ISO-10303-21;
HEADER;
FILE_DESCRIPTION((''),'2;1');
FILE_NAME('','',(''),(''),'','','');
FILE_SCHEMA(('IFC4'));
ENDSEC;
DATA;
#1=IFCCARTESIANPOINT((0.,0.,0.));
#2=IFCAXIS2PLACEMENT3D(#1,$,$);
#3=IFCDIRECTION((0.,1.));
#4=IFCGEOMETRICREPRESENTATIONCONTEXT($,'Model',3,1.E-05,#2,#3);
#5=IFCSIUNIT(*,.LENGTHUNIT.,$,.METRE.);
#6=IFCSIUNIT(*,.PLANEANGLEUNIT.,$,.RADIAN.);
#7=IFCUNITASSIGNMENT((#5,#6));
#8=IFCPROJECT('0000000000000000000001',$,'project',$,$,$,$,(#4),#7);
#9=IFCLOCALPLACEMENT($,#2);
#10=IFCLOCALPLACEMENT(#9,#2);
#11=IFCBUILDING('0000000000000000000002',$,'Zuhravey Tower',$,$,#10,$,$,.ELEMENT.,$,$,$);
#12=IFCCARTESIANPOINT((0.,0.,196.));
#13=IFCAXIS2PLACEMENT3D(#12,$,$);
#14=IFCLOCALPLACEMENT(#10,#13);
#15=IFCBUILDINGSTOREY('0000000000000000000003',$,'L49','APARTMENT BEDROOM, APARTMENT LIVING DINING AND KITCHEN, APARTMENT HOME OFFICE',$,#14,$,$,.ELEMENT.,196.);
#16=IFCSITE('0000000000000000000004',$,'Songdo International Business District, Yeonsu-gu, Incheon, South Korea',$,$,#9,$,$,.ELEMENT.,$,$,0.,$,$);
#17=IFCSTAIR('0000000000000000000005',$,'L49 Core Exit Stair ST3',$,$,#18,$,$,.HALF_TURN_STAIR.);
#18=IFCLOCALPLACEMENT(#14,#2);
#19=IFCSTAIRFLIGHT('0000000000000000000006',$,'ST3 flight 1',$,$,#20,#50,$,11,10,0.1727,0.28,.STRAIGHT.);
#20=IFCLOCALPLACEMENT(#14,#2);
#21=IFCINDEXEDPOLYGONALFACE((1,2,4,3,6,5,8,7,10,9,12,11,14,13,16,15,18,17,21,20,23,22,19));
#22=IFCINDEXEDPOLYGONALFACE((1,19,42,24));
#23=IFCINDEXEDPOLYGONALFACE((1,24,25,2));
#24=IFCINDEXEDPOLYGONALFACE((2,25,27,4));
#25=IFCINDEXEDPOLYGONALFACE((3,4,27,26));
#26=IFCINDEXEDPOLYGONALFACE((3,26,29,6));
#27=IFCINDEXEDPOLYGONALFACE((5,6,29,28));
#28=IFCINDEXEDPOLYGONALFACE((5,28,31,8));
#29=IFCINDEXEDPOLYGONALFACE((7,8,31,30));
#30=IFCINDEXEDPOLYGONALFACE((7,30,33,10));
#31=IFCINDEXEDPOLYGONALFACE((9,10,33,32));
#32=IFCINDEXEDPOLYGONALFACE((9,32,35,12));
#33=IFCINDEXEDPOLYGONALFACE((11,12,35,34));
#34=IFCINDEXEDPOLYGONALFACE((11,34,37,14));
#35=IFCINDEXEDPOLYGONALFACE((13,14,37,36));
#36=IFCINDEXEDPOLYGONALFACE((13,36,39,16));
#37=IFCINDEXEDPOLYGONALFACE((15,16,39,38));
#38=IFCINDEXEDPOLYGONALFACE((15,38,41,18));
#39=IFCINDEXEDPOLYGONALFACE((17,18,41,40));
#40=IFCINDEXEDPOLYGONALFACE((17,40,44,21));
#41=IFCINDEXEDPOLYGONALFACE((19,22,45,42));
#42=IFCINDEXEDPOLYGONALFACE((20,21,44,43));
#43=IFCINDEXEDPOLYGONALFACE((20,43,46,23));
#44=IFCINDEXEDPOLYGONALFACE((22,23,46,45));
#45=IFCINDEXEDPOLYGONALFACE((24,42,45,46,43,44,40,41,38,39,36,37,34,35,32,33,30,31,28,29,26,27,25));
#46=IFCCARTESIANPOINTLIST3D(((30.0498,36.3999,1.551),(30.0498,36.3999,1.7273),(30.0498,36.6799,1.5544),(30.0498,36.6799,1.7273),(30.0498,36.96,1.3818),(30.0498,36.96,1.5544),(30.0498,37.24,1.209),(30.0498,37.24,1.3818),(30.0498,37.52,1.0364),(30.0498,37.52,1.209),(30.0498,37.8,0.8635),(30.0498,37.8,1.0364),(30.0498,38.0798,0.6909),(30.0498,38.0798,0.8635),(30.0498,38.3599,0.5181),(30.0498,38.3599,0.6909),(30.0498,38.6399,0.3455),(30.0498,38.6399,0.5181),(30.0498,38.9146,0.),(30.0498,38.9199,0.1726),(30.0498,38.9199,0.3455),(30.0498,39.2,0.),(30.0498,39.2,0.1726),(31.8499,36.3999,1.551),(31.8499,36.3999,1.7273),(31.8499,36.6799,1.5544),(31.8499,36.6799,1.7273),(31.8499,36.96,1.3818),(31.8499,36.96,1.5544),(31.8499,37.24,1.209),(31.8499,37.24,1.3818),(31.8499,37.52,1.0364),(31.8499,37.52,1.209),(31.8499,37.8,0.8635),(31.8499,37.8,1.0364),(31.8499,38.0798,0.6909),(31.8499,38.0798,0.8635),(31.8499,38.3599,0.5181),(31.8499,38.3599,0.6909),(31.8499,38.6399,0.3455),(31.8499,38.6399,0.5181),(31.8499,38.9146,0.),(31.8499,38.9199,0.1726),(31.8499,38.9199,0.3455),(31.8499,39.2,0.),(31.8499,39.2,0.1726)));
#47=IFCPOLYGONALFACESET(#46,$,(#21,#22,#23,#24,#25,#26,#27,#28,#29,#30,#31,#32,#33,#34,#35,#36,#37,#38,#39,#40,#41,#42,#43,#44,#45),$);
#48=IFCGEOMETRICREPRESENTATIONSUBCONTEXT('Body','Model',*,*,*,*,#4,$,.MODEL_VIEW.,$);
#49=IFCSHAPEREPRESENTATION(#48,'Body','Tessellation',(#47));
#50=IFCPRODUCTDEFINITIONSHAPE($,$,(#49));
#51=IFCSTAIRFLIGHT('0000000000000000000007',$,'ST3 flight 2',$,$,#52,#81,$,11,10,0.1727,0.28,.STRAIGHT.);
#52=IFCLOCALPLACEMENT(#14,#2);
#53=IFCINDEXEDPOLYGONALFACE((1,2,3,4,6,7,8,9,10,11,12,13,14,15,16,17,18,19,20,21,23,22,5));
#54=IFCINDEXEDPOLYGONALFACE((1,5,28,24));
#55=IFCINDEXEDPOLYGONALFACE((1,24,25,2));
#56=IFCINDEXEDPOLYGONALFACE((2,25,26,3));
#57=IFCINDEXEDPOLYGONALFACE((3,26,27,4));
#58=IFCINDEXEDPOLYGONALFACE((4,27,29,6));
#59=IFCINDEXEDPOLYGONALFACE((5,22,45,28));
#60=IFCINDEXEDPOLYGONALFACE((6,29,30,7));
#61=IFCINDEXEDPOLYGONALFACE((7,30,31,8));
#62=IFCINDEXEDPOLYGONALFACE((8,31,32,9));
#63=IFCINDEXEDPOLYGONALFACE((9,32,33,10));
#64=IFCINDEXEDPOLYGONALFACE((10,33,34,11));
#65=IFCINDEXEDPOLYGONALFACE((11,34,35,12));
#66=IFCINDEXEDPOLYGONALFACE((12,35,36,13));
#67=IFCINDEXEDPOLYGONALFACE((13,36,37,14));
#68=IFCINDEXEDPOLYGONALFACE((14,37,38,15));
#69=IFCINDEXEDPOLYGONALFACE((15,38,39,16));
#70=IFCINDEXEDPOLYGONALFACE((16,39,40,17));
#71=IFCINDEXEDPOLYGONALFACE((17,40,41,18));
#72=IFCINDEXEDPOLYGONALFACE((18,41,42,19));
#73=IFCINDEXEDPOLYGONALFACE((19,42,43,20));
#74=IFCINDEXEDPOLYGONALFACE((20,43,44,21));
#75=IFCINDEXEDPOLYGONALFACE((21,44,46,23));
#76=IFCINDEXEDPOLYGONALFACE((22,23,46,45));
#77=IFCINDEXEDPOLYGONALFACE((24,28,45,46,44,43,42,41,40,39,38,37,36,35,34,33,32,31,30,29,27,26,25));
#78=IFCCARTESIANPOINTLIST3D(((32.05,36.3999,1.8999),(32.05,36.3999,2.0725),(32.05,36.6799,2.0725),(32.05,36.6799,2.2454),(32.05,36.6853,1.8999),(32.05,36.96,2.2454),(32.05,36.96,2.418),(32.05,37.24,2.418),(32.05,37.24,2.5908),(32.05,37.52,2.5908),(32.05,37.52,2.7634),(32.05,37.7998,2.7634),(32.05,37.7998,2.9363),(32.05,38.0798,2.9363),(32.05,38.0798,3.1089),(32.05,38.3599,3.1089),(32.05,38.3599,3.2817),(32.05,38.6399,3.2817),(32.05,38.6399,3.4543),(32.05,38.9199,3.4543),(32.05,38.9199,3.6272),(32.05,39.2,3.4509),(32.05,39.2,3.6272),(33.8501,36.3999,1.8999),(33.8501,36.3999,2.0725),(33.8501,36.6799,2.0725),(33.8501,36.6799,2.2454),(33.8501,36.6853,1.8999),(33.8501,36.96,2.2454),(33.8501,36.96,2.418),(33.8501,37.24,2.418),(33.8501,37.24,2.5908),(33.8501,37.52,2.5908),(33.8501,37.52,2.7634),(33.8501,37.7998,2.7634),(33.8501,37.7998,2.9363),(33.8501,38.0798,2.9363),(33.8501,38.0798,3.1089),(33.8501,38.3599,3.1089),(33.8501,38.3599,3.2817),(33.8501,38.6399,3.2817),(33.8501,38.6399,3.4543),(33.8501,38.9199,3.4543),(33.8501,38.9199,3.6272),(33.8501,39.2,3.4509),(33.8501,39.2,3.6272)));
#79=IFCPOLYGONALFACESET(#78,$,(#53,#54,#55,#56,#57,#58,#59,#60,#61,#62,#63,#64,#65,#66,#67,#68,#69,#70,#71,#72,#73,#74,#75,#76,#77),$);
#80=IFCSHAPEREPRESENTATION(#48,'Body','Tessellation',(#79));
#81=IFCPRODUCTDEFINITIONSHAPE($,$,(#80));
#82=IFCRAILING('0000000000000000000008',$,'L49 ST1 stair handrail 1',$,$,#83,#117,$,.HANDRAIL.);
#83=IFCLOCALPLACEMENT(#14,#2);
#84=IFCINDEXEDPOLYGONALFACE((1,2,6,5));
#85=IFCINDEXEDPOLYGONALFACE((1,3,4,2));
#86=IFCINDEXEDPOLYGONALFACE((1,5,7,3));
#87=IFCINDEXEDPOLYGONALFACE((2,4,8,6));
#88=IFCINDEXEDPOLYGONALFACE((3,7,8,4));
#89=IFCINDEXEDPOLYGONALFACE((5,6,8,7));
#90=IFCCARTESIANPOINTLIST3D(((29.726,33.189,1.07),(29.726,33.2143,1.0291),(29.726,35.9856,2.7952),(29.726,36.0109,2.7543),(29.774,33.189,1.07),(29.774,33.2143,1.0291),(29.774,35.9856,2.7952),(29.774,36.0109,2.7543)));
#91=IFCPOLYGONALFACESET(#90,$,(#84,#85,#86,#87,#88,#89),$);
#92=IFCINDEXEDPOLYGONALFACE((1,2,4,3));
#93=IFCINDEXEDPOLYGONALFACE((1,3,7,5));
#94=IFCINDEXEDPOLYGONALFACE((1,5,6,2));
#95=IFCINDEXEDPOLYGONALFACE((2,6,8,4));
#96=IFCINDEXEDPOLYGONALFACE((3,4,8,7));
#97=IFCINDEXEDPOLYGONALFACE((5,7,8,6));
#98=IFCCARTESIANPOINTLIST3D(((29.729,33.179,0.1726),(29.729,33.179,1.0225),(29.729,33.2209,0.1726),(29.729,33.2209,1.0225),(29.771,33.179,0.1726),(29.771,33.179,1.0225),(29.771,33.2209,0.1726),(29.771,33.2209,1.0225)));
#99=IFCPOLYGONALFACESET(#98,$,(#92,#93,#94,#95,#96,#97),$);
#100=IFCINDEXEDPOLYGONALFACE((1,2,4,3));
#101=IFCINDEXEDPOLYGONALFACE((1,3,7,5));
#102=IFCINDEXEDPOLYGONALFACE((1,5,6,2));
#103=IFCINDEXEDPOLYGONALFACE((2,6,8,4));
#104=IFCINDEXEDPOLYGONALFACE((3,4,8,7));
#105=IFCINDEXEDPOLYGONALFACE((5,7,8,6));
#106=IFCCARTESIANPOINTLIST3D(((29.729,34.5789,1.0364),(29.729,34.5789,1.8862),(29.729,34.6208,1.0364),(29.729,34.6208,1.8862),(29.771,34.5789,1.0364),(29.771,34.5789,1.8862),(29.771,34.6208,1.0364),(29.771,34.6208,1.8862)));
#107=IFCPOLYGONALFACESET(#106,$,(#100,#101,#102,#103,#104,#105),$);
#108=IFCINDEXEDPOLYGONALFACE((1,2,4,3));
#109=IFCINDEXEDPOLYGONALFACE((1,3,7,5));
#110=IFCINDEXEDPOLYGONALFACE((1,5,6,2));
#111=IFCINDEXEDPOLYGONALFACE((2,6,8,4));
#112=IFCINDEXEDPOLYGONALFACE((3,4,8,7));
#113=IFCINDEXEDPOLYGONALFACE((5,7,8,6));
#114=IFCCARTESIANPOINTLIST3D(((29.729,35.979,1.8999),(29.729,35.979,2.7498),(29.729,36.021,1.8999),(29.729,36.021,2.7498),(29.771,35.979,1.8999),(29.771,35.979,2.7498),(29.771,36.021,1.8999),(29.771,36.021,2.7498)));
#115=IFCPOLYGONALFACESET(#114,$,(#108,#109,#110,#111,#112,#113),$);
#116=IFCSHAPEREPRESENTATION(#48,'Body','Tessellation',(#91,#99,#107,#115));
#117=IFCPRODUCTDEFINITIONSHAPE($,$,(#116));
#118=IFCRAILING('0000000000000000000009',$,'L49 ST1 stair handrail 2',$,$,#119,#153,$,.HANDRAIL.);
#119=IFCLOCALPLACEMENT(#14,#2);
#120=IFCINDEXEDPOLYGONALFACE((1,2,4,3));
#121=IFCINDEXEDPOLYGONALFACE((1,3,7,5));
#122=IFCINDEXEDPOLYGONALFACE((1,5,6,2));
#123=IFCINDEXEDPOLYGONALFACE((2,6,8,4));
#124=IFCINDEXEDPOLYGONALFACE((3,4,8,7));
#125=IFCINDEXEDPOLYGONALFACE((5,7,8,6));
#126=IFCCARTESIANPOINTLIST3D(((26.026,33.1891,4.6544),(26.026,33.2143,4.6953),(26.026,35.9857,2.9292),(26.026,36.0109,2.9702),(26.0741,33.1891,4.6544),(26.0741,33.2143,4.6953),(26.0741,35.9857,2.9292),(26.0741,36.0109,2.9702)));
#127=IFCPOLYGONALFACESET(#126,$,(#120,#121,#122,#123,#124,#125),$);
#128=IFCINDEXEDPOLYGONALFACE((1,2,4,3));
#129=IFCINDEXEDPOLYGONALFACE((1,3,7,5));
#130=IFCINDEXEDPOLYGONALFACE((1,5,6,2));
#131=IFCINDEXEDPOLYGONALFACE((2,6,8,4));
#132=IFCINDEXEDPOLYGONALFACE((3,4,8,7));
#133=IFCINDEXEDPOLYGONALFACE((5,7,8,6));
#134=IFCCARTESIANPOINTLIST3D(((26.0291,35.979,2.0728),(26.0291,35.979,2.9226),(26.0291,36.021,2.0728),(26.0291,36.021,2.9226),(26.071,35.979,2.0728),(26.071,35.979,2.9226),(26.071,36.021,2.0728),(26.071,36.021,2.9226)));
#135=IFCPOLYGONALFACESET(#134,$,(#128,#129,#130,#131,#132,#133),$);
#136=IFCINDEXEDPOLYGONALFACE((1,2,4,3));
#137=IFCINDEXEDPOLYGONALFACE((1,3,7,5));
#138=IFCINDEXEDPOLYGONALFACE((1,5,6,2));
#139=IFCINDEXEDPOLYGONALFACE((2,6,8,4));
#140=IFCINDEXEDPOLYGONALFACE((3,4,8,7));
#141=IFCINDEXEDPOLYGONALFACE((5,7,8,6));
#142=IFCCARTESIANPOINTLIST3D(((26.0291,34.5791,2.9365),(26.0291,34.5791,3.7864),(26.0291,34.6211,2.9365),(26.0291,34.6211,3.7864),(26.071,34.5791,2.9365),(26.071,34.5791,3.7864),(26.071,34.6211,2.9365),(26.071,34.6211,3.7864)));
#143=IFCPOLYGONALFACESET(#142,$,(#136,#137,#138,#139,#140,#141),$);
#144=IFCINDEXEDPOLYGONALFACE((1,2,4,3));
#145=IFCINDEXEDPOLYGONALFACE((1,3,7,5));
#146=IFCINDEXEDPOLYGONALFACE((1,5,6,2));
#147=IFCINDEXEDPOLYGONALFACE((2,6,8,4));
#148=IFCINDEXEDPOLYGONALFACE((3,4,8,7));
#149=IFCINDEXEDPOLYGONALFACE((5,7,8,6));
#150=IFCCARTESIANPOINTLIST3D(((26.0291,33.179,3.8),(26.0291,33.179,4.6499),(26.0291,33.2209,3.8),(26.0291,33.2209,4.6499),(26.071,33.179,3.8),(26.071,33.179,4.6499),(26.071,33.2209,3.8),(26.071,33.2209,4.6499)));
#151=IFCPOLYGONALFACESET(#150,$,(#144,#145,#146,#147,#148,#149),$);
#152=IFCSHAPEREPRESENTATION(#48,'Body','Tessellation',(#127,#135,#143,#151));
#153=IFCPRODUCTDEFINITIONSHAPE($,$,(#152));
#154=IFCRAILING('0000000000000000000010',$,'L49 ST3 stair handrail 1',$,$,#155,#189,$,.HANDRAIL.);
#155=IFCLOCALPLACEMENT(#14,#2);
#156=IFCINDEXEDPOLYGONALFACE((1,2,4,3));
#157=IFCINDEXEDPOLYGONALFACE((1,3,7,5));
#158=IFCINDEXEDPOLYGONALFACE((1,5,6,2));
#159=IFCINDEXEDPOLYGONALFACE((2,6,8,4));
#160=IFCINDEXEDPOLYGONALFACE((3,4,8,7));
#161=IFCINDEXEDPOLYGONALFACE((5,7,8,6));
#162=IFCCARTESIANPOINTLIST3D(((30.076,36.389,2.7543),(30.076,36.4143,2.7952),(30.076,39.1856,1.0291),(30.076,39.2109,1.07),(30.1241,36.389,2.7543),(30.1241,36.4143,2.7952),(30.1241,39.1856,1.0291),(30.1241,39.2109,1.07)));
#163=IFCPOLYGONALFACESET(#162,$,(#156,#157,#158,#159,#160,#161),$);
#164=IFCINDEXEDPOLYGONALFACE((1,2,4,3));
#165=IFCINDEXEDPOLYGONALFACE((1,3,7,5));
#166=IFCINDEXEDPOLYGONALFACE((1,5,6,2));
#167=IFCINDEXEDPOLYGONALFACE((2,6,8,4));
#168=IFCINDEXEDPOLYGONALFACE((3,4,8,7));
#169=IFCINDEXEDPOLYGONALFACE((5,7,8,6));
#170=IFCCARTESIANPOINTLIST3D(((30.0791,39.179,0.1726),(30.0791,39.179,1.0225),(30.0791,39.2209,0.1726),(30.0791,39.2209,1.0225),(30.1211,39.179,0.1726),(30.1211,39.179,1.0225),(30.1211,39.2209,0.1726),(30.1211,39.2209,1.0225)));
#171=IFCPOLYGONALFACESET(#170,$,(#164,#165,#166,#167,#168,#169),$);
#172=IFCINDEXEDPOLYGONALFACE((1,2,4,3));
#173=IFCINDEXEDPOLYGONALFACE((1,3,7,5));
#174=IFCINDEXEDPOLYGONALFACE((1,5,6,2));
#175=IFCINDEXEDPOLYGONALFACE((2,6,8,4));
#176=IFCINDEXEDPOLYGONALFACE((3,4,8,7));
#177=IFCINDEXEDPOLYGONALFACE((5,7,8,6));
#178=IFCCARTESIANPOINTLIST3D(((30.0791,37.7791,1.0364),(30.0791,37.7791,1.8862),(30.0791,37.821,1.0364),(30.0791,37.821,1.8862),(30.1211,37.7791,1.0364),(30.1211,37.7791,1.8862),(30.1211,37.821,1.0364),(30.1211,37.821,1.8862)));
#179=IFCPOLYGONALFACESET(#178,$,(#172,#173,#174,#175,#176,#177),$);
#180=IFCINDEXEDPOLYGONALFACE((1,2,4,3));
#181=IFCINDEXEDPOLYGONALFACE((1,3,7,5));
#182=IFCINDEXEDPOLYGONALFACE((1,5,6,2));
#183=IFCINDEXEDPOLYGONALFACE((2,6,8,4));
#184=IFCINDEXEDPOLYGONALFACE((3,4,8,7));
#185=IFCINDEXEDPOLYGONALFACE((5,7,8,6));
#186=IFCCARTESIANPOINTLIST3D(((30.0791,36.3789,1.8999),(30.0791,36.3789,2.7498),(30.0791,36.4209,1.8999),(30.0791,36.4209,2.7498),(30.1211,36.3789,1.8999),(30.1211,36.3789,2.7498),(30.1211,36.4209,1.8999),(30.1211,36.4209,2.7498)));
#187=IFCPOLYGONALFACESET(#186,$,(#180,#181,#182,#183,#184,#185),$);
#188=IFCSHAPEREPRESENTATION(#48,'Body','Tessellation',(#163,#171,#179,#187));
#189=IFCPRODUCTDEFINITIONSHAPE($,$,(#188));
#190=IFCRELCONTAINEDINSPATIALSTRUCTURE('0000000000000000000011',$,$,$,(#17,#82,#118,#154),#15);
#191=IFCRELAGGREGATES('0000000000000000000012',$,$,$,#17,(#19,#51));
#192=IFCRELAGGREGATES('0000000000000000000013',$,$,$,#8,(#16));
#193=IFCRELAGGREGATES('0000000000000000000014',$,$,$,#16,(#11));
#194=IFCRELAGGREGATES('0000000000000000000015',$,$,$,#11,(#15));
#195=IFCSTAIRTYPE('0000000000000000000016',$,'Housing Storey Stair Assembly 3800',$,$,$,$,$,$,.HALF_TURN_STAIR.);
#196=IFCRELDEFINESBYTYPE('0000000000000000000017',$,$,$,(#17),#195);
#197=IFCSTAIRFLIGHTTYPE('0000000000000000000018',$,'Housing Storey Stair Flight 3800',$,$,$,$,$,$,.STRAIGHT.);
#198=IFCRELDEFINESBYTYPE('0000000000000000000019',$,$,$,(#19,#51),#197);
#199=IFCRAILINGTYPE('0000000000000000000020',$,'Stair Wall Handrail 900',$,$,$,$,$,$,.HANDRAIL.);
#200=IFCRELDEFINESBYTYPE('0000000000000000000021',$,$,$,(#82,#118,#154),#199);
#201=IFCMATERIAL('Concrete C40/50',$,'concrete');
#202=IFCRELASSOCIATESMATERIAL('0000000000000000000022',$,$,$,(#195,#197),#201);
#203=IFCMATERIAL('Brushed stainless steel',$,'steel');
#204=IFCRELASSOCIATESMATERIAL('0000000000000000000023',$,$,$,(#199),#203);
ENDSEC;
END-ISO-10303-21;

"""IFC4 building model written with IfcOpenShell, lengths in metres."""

from ifc_helpers import new_model, si_unit, direction, frame, origin, origin_2d, place, context, subcontext, project, spatial, polyline, rectangle, outline, extrude, material, type_object, element, aggregate, save


model = new_model("IFC4")

# Units and contexts
model_context = context("Model", 3, precision=1e-05, world=origin(), true_north=direction((0.0, 1.0)))
body_context = subcontext(model_context, "Body", "Model", "MODEL_VIEW")
ifc_project = project(units=[si_unit("LENGTHUNIT", "METRE"), si_unit("PLANEANGLEUNIT", "RADIAN")], contexts=[model_context])

# Site, building, storey
site_placement = place(None, origin())
site = spatial("IfcSite", under=ifc_project, at=site_placement, Name="Songdo International Business District, Yeonsu-gu, Incheon, South Korea", CompositionType="ELEMENT", RefElevation=0.0)
building_placement = place(site_placement, origin())
building = spatial("IfcBuilding", under=site, at=building_placement, Name="Zuhravey Tower", CompositionType="ELEMENT")
storey_placement = place(building_placement, frame((0.0, 0.0, 196.0)))
storey = spatial("IfcBuildingStorey", under=building, at=storey_placement, Name="L49", Description="APARTMENT BEDROOM, APARTMENT LIVING DINING AND KITCHEN, APARTMENT HOME OFFICE", CompositionType="ELEMENT", Elevation=196.0)

# Stair, stair flights
ifc_material_1 = material(Name="Concrete C40/50", Category="concrete")
stair_type = type_object("IfcStairType", Name="Housing Storey Stair Assembly 3800", PredefinedType="HALF_TURN_STAIR", material=ifc_material_1)
stair_flight_type = type_object("IfcStairFlightType", Name="Housing Storey Stair Flight 3800", PredefinedType="STRAIGHT", material=ifc_material_1)
stair_1_placement = place(storey_placement, origin())
stair_1 = element("IfcStair", 1, at=stair_1_placement, inside=storey, type_object=stair_type, Name="L49 Core Exit Stair ST3", PredefinedType="HALF_TURN_STAIR")
stair_flight_1_placement = place(storey_placement, frame((30.95, 39.2, 0.0), z_axis=(0.0, 0.0, 1.0), x_axis=(0.0, -1.0, 0.0)))
stair_flight_1 = element("IfcStairFlight", 2, at=stair_flight_1_placement, type_object=stair_flight_type, Name="ST3 flight 1", NumberOfRisers=11, NumberOfTreads=10, PredefinedType="STRAIGHT", RiserHeight=0.1727, TreadLength=0.28, context=body_context, shape_type="SweptSolid", body=[
    extrude(outline(polyline([(0.0, 0.0), (0.0, 0.1726), (0.28, 0.1726), (0.28, 0.3455), (0.5601, 0.3455), (0.5601, 0.5181), (0.8401, 0.5181), (0.8401, 0.6909), (1.1201, 0.6909), (1.1201, 0.8635), (1.3999, 0.8635), (1.3999, 1.0364), (1.6799, 1.0364), (1.6799, 1.209), (1.96, 1.209), (1.96, 1.3818), (2.24, 1.3818), (2.24, 1.5544), (2.52, 1.5544), (2.52, 1.7273), (2.8, 1.7273), (2.8, 1.8999), (2.8, 1.551), (0.2854, 0.0), (0.0, 0.0)])), frame((0.0, 0.8999, 0.0), z_axis=(0.0, -1.0, 0.0), x_axis=(1.0, 0.0, 0.0)), (0.0, 0.0, 1.0), 1.8),
])
stair_flight_2_placement = place(storey_placement, frame((32.95, 36.3999, 1.8999), z_axis=(0.0, 0.0, 1.0), x_axis=(0.0, 1.0, 0.0)))
stair_flight_2 = element("IfcStairFlight", 3, at=stair_flight_2_placement, type_object=stair_flight_type, Name="ST3 flight 2", NumberOfRisers=11, NumberOfTreads=10, PredefinedType="STRAIGHT", RiserHeight=0.1727, TreadLength=0.28, context=body_context, shape_type="SweptSolid", body=[
    extrude(outline(polyline([(0.0, 0.0), (0.0, 0.1726), (0.28, 0.1726), (0.28, 0.3455), (0.5601, 0.3455), (0.5601, 0.5181), (0.8401, 0.5181), (0.8401, 0.6909), (1.1201, 0.6909), (1.1201, 0.8635), (1.3999, 0.8635), (1.3999, 1.0364), (1.6799, 1.0364), (1.6799, 1.209), (1.96, 1.209), (1.96, 1.3818), (2.24, 1.3818), (2.24, 1.5544), (2.52, 1.5544), (2.52, 1.7273), (2.8, 1.7273), (2.8, 1.8999), (2.8, 1.551), (0.2854, 0.0), (0.0, 0.0)])), frame((0.0, 0.8999, 0.0), z_axis=(0.0, -1.0, 0.0), x_axis=(1.0, 0.0, 0.0)), (0.0, 0.0, 1.0), 1.8),
])
aggregate(stair_1, [stair_flight_1, stair_flight_2])

# Railings
ifc_material_2 = material(Name="Brushed stainless steel", Category="steel")
railing_type_1 = type_object("IfcRailingType", Name="Stair Wall Handrail 900", PredefinedType="HANDRAIL", material=ifc_material_2)
railing_1_placement = place(storey_placement, frame((29.75, 33.2, 0.1726)))
element("IfcRailing", 4, at=railing_1_placement, inside=storey, type_object=railing_type_1, Name="L49 ST1 stair handrail 1", PredefinedType="HANDRAIL", context=body_context, shape_type="SweptSolid", body=[
    extrude(rectangle(XDim=0.0481, YDim=0.0481, at=origin_2d()), frame((0.0, 0.0017, 0.877), z_axis=(0.0, 0.85109, 0.52502), x_axis=(-1.0, 0.0, 0.0)), (0.0, 0.0, 1.0), 3.2859),
    extrude(rectangle(XDim=0.042, YDim=0.042, at=origin_2d()), origin(), (0.0, 0.0, 1.0), 0.8499),
    extrude(rectangle(XDim=0.042, YDim=0.042, at=origin_2d()), frame((0.0, 1.3999, 0.8638)), (0.0, 0.0, 1.0), 0.8499),
    extrude(rectangle(XDim=0.042, YDim=0.042, at=origin_2d()), frame((0.0, 2.8, 1.7273)), (0.0, 0.0, 1.0), 0.8499),
])
for number, where, name in (
    (5, (26.05, 36.0, 2.0728), "L49 ST1 stair handrail 2"),
    (6, (30.1001, 39.2, 0.1726), "L49 ST3 stair handrail 1"),
):
    element("IfcRailing", number, at=place(storey_placement, frame(where)), inside=storey, type_object=railing_type_1, Name=name, PredefinedType="HANDRAIL", context=body_context, shape_type="SweptSolid", body=[
        extrude(rectangle(XDim=0.0481, YDim=0.0481, at=origin_2d()), frame((0.0, -0.0017, 0.877), z_axis=(0.0, -0.85109, 0.52502), x_axis=(1.0, 0.0, 0.0)), (0.0, 0.0, 1.0), 3.2859),
        extrude(rectangle(XDim=0.042, YDim=0.042, at=origin_2d()), origin(), (0.0, 0.0, 1.0), 0.8499),
        extrude(rectangle(XDim=0.042, YDim=0.042, at=origin_2d()), frame((0.0, -1.3999, 0.8638)), (0.0, 0.0, 1.0), 0.8499),
        extrude(rectangle(XDim=0.042, YDim=0.042, at=origin_2d()), frame((0.0, -2.8, 1.7273)), (0.0, 0.0, 1.0), 0.8499),
    ])

save(model, "model.ifc")
